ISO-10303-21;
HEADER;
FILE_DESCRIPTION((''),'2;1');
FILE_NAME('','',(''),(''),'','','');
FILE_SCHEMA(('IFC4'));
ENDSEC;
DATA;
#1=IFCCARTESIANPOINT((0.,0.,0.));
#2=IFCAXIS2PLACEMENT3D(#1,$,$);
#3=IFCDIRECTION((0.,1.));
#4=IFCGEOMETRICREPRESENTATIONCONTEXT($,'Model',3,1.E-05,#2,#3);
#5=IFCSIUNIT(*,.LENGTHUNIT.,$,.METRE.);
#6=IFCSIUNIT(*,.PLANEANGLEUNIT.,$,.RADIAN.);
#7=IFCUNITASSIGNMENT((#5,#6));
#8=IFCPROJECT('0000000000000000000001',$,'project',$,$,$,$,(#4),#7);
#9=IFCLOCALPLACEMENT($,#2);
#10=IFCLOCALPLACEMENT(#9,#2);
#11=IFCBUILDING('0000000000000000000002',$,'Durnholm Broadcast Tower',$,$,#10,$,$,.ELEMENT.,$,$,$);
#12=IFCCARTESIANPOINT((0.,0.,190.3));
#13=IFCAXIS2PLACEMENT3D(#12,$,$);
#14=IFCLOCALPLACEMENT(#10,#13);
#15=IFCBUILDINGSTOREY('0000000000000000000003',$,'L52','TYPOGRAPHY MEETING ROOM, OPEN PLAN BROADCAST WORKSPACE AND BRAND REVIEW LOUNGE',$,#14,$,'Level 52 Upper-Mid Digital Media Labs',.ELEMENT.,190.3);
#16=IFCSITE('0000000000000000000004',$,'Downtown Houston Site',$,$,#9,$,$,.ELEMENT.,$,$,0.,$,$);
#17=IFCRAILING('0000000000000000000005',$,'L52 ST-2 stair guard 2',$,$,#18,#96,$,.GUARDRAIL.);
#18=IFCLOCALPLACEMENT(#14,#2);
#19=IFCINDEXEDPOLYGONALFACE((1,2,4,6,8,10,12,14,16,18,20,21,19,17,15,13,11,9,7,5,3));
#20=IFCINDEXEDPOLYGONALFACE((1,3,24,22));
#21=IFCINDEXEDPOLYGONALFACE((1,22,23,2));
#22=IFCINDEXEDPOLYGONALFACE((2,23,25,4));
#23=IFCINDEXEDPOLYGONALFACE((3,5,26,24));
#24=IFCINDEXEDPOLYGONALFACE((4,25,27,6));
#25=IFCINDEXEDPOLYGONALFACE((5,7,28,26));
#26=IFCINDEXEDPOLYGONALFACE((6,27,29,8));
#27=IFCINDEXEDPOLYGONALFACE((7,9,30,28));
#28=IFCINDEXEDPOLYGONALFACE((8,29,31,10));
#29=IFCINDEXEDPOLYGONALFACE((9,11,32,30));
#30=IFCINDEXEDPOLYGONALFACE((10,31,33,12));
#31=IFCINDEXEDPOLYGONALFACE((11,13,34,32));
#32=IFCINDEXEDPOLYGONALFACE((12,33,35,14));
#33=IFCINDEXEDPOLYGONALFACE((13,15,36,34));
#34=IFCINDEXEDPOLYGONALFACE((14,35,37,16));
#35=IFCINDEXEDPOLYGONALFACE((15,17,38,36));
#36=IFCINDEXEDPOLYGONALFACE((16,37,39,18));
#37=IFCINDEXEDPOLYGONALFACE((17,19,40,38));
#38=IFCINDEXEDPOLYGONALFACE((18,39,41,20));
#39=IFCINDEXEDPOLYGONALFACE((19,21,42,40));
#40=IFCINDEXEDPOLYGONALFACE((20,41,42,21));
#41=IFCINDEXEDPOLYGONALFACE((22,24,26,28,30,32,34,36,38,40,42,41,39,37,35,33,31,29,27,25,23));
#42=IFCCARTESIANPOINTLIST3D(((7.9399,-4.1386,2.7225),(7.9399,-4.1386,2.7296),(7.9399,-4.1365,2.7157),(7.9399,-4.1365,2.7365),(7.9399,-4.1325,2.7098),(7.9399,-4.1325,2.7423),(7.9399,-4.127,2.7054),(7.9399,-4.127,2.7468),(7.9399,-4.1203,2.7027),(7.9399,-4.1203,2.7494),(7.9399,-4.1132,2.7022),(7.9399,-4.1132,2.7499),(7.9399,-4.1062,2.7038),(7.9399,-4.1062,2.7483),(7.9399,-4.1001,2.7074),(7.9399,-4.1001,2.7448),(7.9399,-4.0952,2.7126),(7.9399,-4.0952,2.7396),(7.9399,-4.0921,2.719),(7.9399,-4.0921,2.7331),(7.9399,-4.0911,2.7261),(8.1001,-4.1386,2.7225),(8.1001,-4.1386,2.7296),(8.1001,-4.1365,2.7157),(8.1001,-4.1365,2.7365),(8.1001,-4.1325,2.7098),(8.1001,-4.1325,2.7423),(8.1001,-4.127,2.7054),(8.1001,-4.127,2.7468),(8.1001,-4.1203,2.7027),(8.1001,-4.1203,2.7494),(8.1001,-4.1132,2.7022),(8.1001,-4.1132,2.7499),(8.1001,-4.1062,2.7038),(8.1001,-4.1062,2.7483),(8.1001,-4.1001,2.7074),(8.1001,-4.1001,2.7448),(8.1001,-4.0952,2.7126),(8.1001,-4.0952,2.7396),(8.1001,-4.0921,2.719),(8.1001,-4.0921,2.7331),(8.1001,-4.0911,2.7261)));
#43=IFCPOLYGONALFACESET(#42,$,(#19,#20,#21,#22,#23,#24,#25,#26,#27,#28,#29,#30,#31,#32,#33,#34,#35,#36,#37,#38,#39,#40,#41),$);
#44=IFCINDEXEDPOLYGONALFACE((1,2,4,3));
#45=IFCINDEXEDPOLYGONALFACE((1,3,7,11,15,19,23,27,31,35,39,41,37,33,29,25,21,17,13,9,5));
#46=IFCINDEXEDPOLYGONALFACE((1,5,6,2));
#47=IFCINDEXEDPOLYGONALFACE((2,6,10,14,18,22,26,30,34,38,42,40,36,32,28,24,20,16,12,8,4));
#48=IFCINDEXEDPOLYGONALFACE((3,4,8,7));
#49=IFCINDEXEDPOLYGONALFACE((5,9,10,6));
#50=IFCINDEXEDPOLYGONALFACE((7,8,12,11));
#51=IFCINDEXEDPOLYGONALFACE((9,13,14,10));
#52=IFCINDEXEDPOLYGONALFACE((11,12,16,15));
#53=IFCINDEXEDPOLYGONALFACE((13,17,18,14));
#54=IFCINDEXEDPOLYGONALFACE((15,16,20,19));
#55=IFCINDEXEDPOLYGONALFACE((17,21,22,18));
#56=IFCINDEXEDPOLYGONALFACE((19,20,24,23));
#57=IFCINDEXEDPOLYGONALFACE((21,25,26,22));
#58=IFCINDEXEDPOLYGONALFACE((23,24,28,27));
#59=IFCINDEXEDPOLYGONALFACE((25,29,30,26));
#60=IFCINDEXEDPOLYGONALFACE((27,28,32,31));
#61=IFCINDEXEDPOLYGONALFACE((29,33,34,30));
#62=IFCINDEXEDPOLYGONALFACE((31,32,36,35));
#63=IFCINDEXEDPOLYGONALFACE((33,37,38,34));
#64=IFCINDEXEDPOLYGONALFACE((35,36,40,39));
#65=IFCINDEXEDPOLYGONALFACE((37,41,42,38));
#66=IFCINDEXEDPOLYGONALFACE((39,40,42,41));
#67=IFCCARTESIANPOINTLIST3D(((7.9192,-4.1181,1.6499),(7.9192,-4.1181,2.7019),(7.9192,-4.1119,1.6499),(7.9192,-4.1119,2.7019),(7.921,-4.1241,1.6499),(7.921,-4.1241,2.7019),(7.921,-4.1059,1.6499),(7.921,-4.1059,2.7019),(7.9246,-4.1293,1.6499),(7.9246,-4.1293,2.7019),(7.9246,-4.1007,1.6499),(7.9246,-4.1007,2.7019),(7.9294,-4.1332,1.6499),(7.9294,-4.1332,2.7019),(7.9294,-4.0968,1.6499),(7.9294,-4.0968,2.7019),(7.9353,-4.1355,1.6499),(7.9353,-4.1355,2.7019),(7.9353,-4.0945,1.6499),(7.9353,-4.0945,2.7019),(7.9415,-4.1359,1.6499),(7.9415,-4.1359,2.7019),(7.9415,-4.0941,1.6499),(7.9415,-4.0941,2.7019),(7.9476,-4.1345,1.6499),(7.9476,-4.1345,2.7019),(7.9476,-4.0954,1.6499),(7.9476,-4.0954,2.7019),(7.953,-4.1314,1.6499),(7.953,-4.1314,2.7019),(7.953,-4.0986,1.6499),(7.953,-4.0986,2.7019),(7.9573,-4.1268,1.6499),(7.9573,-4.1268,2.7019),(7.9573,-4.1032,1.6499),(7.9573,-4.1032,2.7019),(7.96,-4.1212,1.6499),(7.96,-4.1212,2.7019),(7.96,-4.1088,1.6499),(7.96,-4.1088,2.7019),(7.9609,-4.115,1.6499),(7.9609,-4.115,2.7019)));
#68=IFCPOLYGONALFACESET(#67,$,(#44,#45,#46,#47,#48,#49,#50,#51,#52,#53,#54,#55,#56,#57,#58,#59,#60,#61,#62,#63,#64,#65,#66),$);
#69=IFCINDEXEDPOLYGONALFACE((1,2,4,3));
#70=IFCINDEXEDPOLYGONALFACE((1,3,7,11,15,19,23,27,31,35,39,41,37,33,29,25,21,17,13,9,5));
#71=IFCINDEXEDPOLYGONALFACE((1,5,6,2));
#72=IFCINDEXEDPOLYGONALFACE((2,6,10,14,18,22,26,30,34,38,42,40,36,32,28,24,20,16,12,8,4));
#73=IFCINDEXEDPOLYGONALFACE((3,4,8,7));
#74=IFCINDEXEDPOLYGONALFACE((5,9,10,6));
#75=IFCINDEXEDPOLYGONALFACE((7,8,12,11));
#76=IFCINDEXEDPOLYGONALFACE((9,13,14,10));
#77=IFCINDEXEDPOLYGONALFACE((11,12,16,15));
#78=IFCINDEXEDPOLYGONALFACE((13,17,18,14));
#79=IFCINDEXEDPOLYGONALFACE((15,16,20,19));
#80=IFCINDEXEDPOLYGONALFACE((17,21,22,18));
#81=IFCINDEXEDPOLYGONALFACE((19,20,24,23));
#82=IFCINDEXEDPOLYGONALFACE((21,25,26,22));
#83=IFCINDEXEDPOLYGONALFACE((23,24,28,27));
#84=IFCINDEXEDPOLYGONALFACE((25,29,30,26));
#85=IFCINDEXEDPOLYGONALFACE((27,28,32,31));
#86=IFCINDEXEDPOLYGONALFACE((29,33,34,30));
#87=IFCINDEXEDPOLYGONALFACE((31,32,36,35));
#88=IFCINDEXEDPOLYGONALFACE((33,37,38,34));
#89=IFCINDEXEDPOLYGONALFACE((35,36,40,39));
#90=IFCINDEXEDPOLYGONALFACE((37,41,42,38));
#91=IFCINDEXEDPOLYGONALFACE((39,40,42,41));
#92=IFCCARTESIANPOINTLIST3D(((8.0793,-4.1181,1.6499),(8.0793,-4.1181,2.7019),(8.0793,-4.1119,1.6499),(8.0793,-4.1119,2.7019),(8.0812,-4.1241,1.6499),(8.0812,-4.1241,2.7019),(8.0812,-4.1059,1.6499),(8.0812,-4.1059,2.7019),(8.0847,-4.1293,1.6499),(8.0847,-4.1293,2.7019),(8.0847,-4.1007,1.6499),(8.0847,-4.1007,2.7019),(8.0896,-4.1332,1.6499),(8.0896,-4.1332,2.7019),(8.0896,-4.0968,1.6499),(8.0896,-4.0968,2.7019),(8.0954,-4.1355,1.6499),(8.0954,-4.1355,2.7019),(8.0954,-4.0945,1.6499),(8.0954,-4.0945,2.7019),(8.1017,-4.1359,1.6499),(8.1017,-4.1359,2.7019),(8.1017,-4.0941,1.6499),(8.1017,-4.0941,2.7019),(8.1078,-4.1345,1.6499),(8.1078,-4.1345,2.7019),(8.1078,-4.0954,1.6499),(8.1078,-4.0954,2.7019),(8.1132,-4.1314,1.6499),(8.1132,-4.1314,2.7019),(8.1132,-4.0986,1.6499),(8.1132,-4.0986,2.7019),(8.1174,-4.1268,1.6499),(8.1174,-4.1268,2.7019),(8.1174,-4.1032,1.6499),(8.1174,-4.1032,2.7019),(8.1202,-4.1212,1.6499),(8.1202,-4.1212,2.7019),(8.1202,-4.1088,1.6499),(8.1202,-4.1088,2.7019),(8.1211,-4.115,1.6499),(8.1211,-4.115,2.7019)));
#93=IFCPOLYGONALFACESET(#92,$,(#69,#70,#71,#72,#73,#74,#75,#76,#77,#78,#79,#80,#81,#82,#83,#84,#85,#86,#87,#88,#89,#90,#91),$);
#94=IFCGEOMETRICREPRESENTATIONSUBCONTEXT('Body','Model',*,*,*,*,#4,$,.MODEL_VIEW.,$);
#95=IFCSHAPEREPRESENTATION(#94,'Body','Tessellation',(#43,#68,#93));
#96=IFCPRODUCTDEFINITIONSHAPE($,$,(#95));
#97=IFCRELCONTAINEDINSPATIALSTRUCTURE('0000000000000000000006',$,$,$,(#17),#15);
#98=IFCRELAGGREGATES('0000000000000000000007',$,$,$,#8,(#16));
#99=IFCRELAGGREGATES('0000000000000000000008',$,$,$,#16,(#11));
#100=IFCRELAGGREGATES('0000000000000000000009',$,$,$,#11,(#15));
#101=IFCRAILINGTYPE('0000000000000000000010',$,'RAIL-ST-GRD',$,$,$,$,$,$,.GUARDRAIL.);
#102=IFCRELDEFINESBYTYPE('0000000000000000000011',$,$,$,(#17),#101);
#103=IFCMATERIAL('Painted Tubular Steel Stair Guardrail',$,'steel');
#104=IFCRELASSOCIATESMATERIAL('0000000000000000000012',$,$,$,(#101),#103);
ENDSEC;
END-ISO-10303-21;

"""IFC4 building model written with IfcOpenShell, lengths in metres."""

from ifc_helpers import new_model, si_unit, direction, frame, origin, origin_2d, place, context, subcontext, project, spatial, circle, extrude, material, type_object, element, save


model = new_model("IFC4")

# Units and contexts
model_context = context("Model", 3, precision=1e-05, world=origin(), true_north=direction((0.0, 1.0)))
body_context = subcontext(model_context, "Body", "Model", "MODEL_VIEW")
ifc_project = project(units=[si_unit("LENGTHUNIT", "METRE"), si_unit("PLANEANGLEUNIT", "RADIAN")], contexts=[model_context])

# Site, building, storey
site_placement = place(None, origin())
site = spatial("IfcSite", under=ifc_project, at=site_placement, Name="Downtown Houston Site", CompositionType="ELEMENT", RefElevation=0.0)
building_placement = place(site_placement, origin())
building = spatial("IfcBuilding", under=site, at=building_placement, Name="Durnholm Broadcast Tower", CompositionType="ELEMENT")
storey_placement = place(building_placement, frame((0.0, 0.0, 190.3)))
storey = spatial("IfcBuildingStorey", under=building, at=storey_placement, Name="L52", Description="TYPOGRAPHY MEETING ROOM, OPEN PLAN BROADCAST WORKSPACE AND BRAND REVIEW LOUNGE", LongName="Level 52 Upper-Mid Digital Media Labs", CompositionType="ELEMENT", Elevation=190.3)

# Railing
ifc_material_1 = material(Name="Painted Tubular Steel Stair Guardrail", Category="steel")
railing_type_1 = type_object("IfcRailingType", Name="RAIL-ST-GRD", PredefinedType="GUARDRAIL", material=ifc_material_1)
railing_1_placement = place(storey_placement, frame((7.9399, -4.115, 1.6499)))
element("IfcRailing", 1, at=railing_1_placement, inside=storey, type_object=railing_type_1, Name="L52 ST-2 stair guard 2", PredefinedType="GUARDRAIL", context=body_context, shape_type="SweptSolid", body=[
    extrude(circle(Radius=0.0239, at=origin_2d()), frame((0.0, 0.0, 1.0762), z_axis=(1.0, 0.0, 0.0), x_axis=(0.0, 1.0, 0.0)), (0.0, 0.0, 1.0), 0.1602),
    extrude(circle(Radius=0.021, at=origin_2d()), origin(), (0.0, 0.0, 1.0), 1.052),
    extrude(circle(Radius=0.021, at=origin_2d()), frame((0.1602, 0.0, 0.0)), (0.0, 0.0, 1.0), 1.052),
])

save(model, "model.ifc")
